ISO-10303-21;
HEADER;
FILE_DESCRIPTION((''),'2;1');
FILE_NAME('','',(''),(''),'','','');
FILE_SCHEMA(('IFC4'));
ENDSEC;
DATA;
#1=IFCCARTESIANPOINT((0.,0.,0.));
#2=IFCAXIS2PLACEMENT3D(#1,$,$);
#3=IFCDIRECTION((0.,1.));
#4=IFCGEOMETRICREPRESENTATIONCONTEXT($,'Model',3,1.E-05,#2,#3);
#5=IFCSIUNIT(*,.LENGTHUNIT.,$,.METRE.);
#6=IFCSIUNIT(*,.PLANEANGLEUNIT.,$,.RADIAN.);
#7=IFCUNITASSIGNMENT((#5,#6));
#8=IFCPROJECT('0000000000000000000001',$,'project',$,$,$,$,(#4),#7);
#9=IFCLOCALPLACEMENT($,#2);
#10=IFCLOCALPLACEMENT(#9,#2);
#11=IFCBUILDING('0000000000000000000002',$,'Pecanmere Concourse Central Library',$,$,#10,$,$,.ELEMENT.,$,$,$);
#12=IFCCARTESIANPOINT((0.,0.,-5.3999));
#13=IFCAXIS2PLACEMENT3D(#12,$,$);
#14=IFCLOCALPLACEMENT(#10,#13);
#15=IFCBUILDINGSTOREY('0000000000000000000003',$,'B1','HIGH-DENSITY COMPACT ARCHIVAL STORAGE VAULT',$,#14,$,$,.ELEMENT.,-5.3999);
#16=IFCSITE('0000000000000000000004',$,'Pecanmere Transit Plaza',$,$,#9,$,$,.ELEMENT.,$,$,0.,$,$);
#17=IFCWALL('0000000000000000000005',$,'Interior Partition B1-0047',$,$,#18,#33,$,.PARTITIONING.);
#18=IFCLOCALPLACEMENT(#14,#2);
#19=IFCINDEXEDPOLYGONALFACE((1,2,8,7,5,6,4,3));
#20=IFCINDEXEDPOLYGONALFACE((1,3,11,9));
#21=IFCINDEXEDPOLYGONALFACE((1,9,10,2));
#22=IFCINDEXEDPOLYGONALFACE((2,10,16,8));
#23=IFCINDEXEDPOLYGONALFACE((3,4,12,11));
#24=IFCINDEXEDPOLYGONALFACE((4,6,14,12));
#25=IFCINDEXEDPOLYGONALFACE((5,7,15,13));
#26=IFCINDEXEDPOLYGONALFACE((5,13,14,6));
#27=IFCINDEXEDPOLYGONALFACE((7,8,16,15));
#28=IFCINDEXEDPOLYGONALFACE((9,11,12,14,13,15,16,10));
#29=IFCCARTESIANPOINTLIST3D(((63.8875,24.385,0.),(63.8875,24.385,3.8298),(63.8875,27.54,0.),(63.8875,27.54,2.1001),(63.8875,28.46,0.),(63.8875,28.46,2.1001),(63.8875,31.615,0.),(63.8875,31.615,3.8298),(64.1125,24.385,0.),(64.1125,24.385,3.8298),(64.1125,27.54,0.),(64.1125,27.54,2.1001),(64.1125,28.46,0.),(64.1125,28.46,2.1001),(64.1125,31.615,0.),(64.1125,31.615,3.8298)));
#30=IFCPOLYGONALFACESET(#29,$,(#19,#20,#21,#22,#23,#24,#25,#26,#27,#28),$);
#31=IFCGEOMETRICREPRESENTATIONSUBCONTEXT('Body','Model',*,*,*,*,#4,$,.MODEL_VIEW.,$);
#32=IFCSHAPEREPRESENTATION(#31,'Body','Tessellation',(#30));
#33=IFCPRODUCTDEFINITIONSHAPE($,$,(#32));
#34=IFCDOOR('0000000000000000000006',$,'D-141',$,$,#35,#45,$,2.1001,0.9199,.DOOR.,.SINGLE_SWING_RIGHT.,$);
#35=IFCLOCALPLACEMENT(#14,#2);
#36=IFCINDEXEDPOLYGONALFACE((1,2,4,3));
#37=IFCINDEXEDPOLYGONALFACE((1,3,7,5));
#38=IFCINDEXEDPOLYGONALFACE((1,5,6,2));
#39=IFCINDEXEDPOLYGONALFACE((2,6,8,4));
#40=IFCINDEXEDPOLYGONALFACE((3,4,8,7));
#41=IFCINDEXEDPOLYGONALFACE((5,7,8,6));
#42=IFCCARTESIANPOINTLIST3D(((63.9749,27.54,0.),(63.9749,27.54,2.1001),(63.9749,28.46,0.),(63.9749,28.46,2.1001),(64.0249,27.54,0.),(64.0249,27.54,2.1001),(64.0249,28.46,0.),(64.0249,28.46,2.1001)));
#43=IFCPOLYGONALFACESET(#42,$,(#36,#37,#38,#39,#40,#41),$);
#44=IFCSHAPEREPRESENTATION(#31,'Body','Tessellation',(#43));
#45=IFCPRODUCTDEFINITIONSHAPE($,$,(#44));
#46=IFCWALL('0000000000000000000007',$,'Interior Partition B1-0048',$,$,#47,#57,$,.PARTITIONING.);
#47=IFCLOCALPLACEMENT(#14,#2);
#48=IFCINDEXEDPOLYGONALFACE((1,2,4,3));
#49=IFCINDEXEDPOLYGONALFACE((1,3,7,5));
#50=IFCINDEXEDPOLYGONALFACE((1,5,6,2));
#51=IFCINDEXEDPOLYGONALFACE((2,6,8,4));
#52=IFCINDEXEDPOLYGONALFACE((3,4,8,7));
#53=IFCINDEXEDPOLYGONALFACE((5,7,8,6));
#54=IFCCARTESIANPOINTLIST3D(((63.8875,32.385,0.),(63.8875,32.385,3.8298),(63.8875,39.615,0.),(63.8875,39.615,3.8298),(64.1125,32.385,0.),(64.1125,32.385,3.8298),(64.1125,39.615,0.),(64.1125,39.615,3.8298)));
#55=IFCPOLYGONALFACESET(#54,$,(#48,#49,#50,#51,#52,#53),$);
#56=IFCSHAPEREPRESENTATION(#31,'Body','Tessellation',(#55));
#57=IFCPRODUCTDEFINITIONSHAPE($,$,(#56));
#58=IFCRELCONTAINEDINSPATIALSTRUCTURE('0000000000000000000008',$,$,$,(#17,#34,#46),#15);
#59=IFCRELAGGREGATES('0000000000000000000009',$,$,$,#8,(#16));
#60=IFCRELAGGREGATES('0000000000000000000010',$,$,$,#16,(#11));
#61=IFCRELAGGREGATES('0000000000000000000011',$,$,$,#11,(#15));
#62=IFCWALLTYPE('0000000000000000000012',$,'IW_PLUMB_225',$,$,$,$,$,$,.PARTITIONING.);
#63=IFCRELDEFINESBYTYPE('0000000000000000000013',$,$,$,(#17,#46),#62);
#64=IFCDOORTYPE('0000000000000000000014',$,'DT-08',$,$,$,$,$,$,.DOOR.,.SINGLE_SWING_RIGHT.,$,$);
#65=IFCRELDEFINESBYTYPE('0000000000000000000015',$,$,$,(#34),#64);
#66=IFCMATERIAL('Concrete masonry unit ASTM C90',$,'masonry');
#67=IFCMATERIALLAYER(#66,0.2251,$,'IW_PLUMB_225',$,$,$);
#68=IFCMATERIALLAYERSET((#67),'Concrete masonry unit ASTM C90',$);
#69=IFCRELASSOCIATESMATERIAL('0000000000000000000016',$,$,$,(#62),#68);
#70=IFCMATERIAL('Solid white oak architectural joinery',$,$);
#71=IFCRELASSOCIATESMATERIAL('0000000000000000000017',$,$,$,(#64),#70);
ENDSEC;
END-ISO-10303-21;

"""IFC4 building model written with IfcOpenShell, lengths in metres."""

from ifc_helpers import new_model, si_unit, direction, frame, frame_2d, origin, place, context, subcontext, project, spatial, rectangle, extrude, material, layer, layer_set, type_object, element, fill, save


model = new_model("IFC4")

# Units and contexts
model_context = context("Model", 3, precision=1e-05, world=origin(), true_north=direction((0.0, 1.0)))
body_context = subcontext(model_context, "Body", "Model", "MODEL_VIEW")
ifc_project = project(units=[si_unit("LENGTHUNIT", "METRE"), si_unit("PLANEANGLEUNIT", "RADIAN")], contexts=[model_context])

# Site, building, storey
site_placement = place(None, origin())
site = spatial("IfcSite", under=ifc_project, at=site_placement, Name="Pecanmere Transit Plaza", CompositionType="ELEMENT", RefElevation=0.0)
building_placement = place(site_placement, origin())
building = spatial("IfcBuilding", under=site, at=building_placement, Name="Pecanmere Concourse Central Library", CompositionType="ELEMENT")
storey_placement = place(building_placement, frame((0.0, 0.0, -5.3999)))
storey = spatial("IfcBuildingStorey", under=building, at=storey_placement, Name="B1", Description="HIGH-DENSITY COMPACT ARCHIVAL STORAGE VAULT", CompositionType="ELEMENT", Elevation=-5.3999)

# Wall, opening, door
ifc_material_1 = material(Name="Concrete masonry unit ASTM C90", Category="masonry")
ifc_layer = layer(ifc_material_1, 0.2251, Name="IW_PLUMB_225")
ifc_layer_set = layer_set([ifc_layer], Name="Concrete masonry unit ASTM C90")
wall_type = type_object("IfcWallType", Name="IW_PLUMB_225", PredefinedType="PARTITIONING", material=ifc_layer_set)
wall_1_placement = place(storey_placement, frame((64.0, 24.385, 0.0), z_axis=(0.0, 0.0, 1.0), x_axis=(0.0, 1.0, 0.0)))
wall_1 = element("IfcWall", 1, at=wall_1_placement, inside=storey, type_object=wall_type, Name="Interior Partition B1-0047", PredefinedType="PARTITIONING", context=body_context, shape_type="SweptSolid", body=[
    extrude(rectangle(XDim=7.23, YDim=0.2251, at=frame_2d((3.615, 0.0))), origin(), (0.0, 0.0, 1.0), 3.8298),
])
opening_placement = place(wall_1_placement, frame((3.155, 0.0, 0.0)))
opening = element("IfcOpeningElement", 2, at=opening_placement, cuts=wall_1, PredefinedType="OPENING", context=body_context, shape_type="SweptSolid", body=[
    extrude(rectangle(XDim=0.9199, YDim=2.1001, at=frame_2d((0.46, 1.05))), frame((0.0, 0.1245, 0.0), z_axis=(0.0, -1.0, 0.0), x_axis=(1.0, 0.0, 0.0)), (0.0, 0.0, 1.0), 0.249),
])
ifc_material_2 = material(Name="Solid white oak architectural joinery")
door_type = type_object("IfcDoorType", Name="DT-08", OperationType="SINGLE_SWING_RIGHT", PredefinedType="DOOR", material=ifc_material_2)
door_placement = place(opening_placement, frame((0.9199, 0.0, 0.0), z_axis=(0.0, 0.0, 1.0), x_axis=(-1.0, 0.0, 0.0)))
door = element("IfcDoor", 3, at=door_placement, inside=storey, type_object=door_type, Name="D-141", OperationType="SINGLE_SWING_RIGHT", OverallHeight=2.1001, OverallWidth=0.9199, PredefinedType="DOOR", context=body_context, shape_type="SweptSolid", body=[
    extrude(rectangle(XDim=0.9199, YDim=2.1001, at=frame_2d((0.46, 1.05))), frame((0.0, 0.0249, 0.0), z_axis=(0.0, -1.0, 0.0), x_axis=(1.0, 0.0, 0.0)), (0.0, 0.0, 1.0), 0.05),
])
fill(opening, door)

# Wall
wall_2_placement = place(storey_placement, frame((64.0, 32.385, 0.0), z_axis=(0.0, 0.0, 1.0), x_axis=(0.0, 1.0, 0.0)))
element("IfcWall", 4, at=wall_2_placement, inside=storey, type_object=wall_type, Name="Interior Partition B1-0048", PredefinedType="PARTITIONING", context=body_context, shape_type="SweptSolid", body=[
    extrude(rectangle(XDim=7.23, YDim=0.2251, at=frame_2d((3.615, 0.0))), origin(), (0.0, 0.0, 1.0), 3.8298),
])

save(model, "model.ifc")
